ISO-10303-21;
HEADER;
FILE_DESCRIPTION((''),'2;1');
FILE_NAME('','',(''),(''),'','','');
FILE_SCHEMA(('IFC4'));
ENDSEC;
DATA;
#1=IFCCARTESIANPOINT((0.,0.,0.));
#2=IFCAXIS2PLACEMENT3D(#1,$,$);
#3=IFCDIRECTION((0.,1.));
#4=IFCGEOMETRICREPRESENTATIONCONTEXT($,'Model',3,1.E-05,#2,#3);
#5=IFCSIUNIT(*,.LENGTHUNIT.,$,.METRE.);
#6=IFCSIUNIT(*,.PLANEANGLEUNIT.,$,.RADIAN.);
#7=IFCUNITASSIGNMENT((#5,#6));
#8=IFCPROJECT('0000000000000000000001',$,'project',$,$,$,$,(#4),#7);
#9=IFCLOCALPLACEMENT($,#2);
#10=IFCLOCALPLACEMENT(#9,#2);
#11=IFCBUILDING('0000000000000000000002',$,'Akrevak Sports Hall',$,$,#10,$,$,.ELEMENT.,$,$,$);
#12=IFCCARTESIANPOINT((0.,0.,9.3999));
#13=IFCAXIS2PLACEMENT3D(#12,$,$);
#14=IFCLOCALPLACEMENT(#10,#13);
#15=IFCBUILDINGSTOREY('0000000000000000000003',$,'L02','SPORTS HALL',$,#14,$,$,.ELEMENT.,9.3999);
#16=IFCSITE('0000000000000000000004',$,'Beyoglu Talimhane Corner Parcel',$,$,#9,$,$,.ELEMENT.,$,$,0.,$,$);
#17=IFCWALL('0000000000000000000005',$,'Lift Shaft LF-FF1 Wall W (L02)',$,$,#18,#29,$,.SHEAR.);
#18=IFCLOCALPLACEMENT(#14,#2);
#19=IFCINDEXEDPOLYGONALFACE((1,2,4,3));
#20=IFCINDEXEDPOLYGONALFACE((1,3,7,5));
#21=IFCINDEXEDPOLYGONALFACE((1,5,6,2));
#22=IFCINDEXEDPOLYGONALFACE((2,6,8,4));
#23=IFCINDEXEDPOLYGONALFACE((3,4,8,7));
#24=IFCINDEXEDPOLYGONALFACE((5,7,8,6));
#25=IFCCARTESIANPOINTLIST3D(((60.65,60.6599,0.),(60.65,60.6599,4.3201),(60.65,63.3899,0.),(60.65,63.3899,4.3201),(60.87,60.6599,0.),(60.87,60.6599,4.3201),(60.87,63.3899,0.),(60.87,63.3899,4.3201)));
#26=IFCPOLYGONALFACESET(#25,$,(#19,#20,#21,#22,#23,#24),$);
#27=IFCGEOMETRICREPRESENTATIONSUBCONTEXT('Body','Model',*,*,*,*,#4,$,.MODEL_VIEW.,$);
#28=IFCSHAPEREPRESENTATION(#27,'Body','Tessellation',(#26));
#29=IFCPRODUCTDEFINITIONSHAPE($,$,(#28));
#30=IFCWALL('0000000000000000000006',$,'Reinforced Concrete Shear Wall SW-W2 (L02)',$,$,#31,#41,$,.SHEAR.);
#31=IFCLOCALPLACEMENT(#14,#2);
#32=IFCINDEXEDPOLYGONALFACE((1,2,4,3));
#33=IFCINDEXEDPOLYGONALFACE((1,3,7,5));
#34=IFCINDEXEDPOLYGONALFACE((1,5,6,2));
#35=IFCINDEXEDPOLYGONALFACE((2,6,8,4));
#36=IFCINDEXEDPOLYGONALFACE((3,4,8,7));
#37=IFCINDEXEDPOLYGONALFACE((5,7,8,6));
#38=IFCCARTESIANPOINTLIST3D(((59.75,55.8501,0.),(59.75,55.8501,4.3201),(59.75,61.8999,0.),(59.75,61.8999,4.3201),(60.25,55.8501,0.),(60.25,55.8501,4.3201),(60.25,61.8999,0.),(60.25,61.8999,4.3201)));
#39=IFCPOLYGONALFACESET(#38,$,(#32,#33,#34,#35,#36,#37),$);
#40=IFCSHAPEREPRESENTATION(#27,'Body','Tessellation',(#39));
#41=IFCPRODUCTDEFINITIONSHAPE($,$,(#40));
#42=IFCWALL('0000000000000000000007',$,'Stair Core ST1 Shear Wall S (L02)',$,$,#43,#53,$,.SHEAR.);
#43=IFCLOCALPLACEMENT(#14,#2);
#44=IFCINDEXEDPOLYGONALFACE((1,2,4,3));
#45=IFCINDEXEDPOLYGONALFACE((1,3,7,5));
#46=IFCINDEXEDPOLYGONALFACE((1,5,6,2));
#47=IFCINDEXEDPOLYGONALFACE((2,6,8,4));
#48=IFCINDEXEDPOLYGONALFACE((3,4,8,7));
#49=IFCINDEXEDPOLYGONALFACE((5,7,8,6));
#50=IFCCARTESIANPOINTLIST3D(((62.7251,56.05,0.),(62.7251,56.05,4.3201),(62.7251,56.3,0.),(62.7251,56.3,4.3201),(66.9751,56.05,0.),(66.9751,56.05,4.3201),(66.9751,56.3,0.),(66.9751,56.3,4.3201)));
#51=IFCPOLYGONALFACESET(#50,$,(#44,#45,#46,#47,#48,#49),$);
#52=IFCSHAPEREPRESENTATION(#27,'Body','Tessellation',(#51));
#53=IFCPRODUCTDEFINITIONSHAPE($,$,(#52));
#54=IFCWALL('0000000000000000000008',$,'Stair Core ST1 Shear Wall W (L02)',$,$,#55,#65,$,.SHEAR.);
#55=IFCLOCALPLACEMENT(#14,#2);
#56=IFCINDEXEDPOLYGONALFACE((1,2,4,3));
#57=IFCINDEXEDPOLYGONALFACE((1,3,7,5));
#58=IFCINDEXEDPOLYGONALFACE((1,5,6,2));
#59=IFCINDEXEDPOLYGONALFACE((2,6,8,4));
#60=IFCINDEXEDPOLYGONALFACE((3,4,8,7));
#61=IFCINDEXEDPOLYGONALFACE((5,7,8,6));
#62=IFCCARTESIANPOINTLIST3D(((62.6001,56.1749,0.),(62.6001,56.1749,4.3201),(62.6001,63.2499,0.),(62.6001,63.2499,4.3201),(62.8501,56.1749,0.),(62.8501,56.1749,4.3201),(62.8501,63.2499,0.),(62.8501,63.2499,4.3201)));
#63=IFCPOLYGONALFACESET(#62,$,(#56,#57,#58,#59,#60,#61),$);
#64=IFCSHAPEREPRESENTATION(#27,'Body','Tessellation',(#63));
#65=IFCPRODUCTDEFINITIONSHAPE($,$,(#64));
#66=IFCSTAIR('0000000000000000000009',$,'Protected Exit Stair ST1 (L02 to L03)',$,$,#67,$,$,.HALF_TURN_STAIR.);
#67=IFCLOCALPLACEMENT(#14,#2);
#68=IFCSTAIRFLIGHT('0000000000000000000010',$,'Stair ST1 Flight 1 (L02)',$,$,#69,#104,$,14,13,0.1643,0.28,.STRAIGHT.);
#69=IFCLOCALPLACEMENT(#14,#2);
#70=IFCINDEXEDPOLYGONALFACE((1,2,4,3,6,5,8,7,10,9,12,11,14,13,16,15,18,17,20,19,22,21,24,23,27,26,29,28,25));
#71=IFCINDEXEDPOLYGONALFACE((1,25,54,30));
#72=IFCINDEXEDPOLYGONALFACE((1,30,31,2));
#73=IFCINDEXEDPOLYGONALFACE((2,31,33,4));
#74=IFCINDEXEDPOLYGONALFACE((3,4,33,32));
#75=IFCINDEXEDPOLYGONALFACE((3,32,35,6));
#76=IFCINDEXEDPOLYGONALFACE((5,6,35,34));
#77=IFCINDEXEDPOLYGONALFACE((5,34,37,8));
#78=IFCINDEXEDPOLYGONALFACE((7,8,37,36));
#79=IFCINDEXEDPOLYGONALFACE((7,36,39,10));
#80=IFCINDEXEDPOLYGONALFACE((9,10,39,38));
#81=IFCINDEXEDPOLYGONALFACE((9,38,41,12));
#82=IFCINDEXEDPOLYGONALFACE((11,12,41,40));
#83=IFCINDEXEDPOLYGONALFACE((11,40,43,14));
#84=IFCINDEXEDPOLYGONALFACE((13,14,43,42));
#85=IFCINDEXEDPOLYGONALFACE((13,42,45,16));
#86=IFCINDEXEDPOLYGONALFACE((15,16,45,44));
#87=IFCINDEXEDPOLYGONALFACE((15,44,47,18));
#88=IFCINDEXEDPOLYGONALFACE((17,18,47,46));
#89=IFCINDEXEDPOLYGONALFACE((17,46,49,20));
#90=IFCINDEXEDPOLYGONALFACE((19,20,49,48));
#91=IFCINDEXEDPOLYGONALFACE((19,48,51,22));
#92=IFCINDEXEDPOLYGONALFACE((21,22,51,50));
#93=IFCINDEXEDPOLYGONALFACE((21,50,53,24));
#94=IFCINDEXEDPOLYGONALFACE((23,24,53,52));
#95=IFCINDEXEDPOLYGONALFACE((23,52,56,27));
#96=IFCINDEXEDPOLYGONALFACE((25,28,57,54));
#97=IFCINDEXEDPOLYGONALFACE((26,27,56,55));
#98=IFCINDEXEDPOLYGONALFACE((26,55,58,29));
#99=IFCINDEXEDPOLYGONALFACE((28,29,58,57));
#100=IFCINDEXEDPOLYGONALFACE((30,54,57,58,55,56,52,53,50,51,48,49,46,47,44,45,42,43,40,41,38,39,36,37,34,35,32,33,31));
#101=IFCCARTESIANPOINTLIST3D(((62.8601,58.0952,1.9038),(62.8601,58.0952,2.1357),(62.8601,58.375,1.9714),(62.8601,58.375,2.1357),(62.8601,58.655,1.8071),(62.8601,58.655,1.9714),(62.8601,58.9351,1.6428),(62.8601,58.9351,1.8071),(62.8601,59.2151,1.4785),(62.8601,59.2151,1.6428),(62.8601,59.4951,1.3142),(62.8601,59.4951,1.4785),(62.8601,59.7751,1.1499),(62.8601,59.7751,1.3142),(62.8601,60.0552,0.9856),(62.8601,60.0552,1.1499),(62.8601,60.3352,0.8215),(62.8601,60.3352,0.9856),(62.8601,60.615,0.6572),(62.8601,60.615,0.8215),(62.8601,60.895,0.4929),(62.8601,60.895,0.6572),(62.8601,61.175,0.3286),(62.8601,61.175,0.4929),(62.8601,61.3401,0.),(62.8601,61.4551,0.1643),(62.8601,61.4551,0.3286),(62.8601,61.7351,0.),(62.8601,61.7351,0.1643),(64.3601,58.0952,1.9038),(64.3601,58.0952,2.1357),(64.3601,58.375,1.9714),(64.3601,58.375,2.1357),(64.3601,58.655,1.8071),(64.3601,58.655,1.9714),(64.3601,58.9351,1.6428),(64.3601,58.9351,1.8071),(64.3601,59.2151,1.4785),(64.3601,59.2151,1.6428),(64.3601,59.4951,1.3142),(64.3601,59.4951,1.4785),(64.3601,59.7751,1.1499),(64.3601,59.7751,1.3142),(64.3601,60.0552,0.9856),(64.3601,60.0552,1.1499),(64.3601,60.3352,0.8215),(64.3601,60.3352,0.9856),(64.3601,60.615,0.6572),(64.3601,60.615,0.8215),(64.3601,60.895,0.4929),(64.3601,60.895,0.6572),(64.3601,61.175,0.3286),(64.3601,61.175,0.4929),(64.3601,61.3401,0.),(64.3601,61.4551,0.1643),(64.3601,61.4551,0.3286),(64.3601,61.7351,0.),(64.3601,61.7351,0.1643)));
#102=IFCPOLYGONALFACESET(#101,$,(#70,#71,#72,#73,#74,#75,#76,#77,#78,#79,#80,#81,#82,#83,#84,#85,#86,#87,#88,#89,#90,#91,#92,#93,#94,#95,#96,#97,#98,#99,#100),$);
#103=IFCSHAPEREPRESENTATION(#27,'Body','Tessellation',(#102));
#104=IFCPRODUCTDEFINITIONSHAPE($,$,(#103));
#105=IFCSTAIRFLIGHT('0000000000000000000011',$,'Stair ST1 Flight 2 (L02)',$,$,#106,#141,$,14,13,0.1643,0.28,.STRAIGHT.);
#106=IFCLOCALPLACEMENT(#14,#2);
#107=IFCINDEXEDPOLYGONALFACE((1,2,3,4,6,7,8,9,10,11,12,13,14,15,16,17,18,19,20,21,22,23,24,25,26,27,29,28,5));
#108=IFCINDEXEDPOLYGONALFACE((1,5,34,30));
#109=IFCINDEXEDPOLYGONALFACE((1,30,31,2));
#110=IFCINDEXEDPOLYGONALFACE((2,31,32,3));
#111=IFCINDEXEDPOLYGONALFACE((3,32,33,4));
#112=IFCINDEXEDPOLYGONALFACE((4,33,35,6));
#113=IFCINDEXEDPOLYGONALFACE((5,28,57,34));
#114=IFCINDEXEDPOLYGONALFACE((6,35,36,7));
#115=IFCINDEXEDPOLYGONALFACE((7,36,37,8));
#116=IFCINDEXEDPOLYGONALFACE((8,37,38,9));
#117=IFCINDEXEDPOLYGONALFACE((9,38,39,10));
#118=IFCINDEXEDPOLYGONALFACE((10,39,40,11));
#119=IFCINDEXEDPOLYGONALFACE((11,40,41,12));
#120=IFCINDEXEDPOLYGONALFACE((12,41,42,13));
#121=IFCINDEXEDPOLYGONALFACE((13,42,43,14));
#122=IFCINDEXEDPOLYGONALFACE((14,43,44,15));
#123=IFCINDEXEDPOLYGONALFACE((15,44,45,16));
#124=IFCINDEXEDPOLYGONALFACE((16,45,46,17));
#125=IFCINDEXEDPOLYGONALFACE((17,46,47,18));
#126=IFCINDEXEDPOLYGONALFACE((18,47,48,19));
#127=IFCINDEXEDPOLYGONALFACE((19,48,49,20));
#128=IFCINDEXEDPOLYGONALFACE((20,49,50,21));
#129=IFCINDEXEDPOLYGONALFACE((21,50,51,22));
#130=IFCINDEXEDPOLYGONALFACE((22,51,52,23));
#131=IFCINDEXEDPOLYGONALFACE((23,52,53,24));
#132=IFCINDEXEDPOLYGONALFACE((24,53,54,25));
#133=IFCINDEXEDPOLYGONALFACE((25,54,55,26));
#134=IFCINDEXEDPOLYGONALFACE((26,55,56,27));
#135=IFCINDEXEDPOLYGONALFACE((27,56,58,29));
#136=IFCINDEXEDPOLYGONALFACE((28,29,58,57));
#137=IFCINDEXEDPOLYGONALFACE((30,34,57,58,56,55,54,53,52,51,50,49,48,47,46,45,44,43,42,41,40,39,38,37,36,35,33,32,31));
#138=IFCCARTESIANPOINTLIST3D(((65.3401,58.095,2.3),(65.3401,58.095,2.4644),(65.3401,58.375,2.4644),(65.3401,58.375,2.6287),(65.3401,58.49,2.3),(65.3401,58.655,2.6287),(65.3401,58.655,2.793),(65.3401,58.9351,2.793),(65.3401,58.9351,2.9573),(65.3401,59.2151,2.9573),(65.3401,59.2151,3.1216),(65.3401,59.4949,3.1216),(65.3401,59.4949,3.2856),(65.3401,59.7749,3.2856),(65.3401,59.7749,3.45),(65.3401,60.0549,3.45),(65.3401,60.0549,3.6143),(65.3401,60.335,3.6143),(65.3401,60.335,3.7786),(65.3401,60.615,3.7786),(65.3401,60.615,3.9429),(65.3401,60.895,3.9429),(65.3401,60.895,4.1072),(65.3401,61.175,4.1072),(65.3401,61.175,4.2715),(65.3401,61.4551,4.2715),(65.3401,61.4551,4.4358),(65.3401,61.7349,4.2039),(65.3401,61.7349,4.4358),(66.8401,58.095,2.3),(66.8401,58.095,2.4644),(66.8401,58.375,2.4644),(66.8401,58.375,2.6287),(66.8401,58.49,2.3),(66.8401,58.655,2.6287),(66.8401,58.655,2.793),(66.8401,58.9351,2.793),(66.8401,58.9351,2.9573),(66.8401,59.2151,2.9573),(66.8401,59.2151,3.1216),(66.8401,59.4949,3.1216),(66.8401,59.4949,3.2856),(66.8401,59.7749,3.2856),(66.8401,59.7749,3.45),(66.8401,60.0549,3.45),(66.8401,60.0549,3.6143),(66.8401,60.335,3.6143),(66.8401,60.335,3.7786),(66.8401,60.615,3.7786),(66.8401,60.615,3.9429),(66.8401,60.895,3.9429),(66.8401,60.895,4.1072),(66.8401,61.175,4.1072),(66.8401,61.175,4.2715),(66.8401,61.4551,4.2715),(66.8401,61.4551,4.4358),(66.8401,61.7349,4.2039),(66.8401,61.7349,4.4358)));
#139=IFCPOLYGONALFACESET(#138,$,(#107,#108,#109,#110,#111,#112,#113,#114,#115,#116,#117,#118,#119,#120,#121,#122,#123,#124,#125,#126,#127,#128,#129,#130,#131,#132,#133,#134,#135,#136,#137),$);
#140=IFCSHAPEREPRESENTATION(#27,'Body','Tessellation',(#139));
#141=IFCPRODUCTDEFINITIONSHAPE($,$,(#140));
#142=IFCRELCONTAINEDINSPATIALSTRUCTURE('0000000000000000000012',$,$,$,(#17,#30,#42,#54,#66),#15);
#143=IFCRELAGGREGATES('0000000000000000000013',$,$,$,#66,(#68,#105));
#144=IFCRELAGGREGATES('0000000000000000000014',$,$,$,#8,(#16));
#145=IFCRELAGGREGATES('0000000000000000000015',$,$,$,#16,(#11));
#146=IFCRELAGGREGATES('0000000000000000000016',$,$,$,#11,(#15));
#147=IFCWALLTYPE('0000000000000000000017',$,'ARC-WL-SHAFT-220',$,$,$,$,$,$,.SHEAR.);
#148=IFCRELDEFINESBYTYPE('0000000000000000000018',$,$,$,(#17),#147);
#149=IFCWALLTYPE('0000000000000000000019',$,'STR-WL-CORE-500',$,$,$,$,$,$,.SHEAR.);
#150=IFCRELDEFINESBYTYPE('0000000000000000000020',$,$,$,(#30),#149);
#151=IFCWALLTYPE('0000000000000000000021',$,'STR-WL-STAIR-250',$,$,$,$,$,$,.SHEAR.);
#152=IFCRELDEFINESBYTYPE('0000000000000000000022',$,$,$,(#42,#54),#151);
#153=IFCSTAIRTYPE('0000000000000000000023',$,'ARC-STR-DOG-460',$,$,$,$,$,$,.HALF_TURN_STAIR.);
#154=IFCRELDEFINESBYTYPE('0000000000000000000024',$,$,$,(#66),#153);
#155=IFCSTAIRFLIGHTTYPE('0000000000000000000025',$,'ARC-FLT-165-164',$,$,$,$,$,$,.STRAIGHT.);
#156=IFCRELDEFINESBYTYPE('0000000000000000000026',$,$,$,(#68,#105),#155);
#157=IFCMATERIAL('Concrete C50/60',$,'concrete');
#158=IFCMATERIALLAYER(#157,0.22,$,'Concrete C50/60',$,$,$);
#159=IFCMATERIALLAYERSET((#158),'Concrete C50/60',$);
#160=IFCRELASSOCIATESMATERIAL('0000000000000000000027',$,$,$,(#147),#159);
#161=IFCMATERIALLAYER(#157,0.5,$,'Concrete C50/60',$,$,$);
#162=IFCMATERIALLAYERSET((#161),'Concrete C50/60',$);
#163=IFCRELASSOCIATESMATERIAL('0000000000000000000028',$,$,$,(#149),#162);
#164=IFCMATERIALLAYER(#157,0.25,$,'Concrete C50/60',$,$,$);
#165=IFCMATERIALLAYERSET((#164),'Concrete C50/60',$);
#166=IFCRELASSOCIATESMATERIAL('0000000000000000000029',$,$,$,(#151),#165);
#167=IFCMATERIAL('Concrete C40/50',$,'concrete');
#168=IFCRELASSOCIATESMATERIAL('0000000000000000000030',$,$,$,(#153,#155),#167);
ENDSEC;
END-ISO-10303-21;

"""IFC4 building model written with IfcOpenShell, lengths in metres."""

from ifc_helpers import new_model, si_unit, direction, frame, frame_2d, origin, place, context, subcontext, project, spatial, polyline, rectangle, outline, extrude, material, layer, layer_set, type_object, element, aggregate, save


model = new_model("IFC4")

# Units and contexts
model_context = context("Model", 3, precision=1e-05, world=origin(), true_north=direction((0.0, 1.0)))
body_context = subcontext(model_context, "Body", "Model", "MODEL_VIEW")
ifc_project = project(units=[si_unit("LENGTHUNIT", "METRE"), si_unit("PLANEANGLEUNIT", "RADIAN")], contexts=[model_context])

# Site, building, storey
site_placement = place(None, origin())
site = spatial("IfcSite", under=ifc_project, at=site_placement, Name="Beyoglu Talimhane Corner Parcel", CompositionType="ELEMENT", RefElevation=0.0)
building_placement = place(site_placement, origin())
building = spatial("IfcBuilding", under=site, at=building_placement, Name="Akrevak Sports Hall", CompositionType="ELEMENT")
storey_placement = place(building_placement, frame((0.0, 0.0, 9.3999)))
storey = spatial("IfcBuildingStorey", under=building, at=storey_placement, Name="L02", Description="SPORTS HALL", CompositionType="ELEMENT", Elevation=9.3999)

# Shared definitions
ifc_material_1 = material(Name="Concrete C50/60", Category="concrete")

# Shared definitions
ifc_material_2 = material(Name="Concrete C40/50", Category="concrete")

# Shared definitions
ifc_layer_1 = layer(ifc_material_1, 0.22, Name="Concrete C50/60")
ifc_layer_set_1 = layer_set([ifc_layer_1], Name="Concrete C50/60")
wall_type_1 = type_object("IfcWallType", Name="ARC-WL-SHAFT-220", PredefinedType="SHEAR", material=ifc_layer_set_1)

# Walls
wall_1_placement = place(storey_placement, frame((60.76, 63.3899, 0.0), z_axis=(0.0, 0.0, 1.0), x_axis=(0.0, -1.0, 0.0)))
element("IfcWall", 1, at=wall_1_placement, inside=storey, type_object=wall_type_1, Name="Lift Shaft LF-FF1 Wall W (L02)", PredefinedType="SHEAR", context=body_context, shape_type="SweptSolid", body=[
    extrude(rectangle(XDim=2.73, YDim=0.22, at=frame_2d((1.365, 0.0))), origin(), (0.0, 0.0, 1.0), 4.3201),
])
ifc_layer_2 = layer(ifc_material_1, 0.5, Name="Concrete C50/60")
ifc_layer_set_2 = layer_set([ifc_layer_2], Name="Concrete C50/60")
wall_type_2 = type_object("IfcWallType", Name="STR-WL-CORE-500", PredefinedType="SHEAR", material=ifc_layer_set_2)
wall_2_placement = place(storey_placement, frame((60.0, 55.8501, 0.0), z_axis=(0.0, 0.0, 1.0), x_axis=(0.0, 1.0, 0.0)))
element("IfcWall", 2, at=wall_2_placement, inside=storey, type_object=wall_type_2, Name="Reinforced Concrete Shear Wall SW-W2 (L02)", PredefinedType="SHEAR", context=body_context, shape_type="SweptSolid", body=[
    extrude(rectangle(XDim=6.0498, YDim=0.5, at=frame_2d((3.0249, 0.0))), origin(), (0.0, 0.0, 1.0), 4.3201),
])
ifc_layer_3 = layer(ifc_material_1, 0.25, Name="Concrete C50/60")
ifc_layer_set_3 = layer_set([ifc_layer_3], Name="Concrete C50/60")
wall_type_3 = type_object("IfcWallType", Name="STR-WL-STAIR-250", PredefinedType="SHEAR", material=ifc_layer_set_3)
wall_3_placement = place(storey_placement, frame((62.7251, 56.175, 0.0), z_axis=(0.0, 0.0, 1.0), x_axis=(1.0, 0.0, 0.0)))
element("IfcWall", 3, at=wall_3_placement, inside=storey, type_object=wall_type_3, Name="Stair Core ST1 Shear Wall S (L02)", PredefinedType="SHEAR", context=body_context, shape_type="SweptSolid", body=[
    extrude(rectangle(XDim=4.25, YDim=0.25, at=frame_2d((2.125, 0.0))), origin(), (0.0, 0.0, 1.0), 4.3201),
])
wall_4_placement = place(storey_placement, frame((62.7251, 63.25, 0.0), z_axis=(0.0, 0.0, 1.0), x_axis=(0.0, -1.0, 0.0)))
element("IfcWall", 4, at=wall_4_placement, inside=storey, type_object=wall_type_3, Name="Stair Core ST1 Shear Wall W (L02)", PredefinedType="SHEAR", context=body_context, shape_type="SweptSolid", body=[
    extrude(rectangle(XDim=7.075, YDim=0.25, at=frame_2d((3.5376, 0.0))), origin(), (0.0, 0.0, 1.0), 4.3201),
])

# Stair, stair flights
stair_type = type_object("IfcStairType", Name="ARC-STR-DOG-460", PredefinedType="HALF_TURN_STAIR", material=ifc_material_2)
stair_placement = place(storey_placement, origin())
stair = element("IfcStair", 5, at=stair_placement, inside=storey, type_object=stair_type, Name="Protected Exit Stair ST1 (L02 to L03)", PredefinedType="HALF_TURN_STAIR")
stair_flight_type = type_object("IfcStairFlightType", Name="ARC-FLT-165-164", PredefinedType="STRAIGHT", material=ifc_material_2)
stair_flight_1_placement = place(storey_placement, frame((63.6101, 61.7351, 0.0), z_axis=(0.0, 0.0, 1.0), x_axis=(0.0, -1.0, 0.0)))
stair_flight_1 = element("IfcStairFlight", 6, at=stair_flight_1_placement, type_object=stair_flight_type, Name="Stair ST1 Flight 1 (L02)", NumberOfRisers=14, NumberOfTreads=13, PredefinedType="STRAIGHT", RiserHeight=0.1643, TreadLength=0.28, context=body_context, shape_type="SweptSolid", body=[
    extrude(outline(polyline([(0.0, 0.0), (0.0, 0.1643), (0.28, 0.1643), (0.28, 0.3286), (0.5601, 0.3286), (0.5601, 0.4929), (0.8401, 0.4929), (0.8401, 0.6572), (1.1201, 0.6572), (1.1201, 0.8215), (1.3999, 0.8215), (1.3999, 0.9856), (1.6799, 0.9856), (1.6799, 1.1499), (1.96, 1.1499), (1.96, 1.3142), (2.24, 1.3142), (2.24, 1.4785), (2.52, 1.4785), (2.52, 1.6428), (2.8, 1.6428), (2.8, 1.8071), (3.0801, 1.8071), (3.0801, 1.9714), (3.3601, 1.9714), (3.3601, 2.1357), (3.6399, 2.1357), (3.6399, 2.3), (3.6399, 1.9038), (0.395, 0.0), (0.0, 0.0)])), frame((0.0, 0.75, 0.0), z_axis=(0.0, -1.0, 0.0), x_axis=(1.0, 0.0, 0.0)), (0.0, 0.0, 1.0), 1.5),
])
stair_flight_2_placement = place(storey_placement, frame((66.0901, 58.095, 2.3), z_axis=(0.0, 0.0, 1.0), x_axis=(0.0, 1.0, 0.0)))
stair_flight_2 = element("IfcStairFlight", 7, at=stair_flight_2_placement, type_object=stair_flight_type, Name="Stair ST1 Flight 2 (L02)", NumberOfRisers=14, NumberOfTreads=13, PredefinedType="STRAIGHT", RiserHeight=0.1643, TreadLength=0.28, context=body_context, shape_type="SweptSolid", body=[
    extrude(outline(polyline([(0.0, 0.0), (0.0, 0.1643), (0.28, 0.1643), (0.28, 0.3286), (0.5601, 0.3286), (0.5601, 0.4929), (0.8401, 0.4929), (0.8401, 0.6572), (1.1201, 0.6572), (1.1201, 0.8215), (1.3999, 0.8215), (1.3999, 0.9856), (1.6799, 0.9856), (1.6799, 1.1499), (1.96, 1.1499), (1.96, 1.3142), (2.24, 1.3142), (2.24, 1.4785), (2.52, 1.4785), (2.52, 1.6428), (2.8, 1.6428), (2.8, 1.8071), (3.0801, 1.8071), (3.0801, 1.9714), (3.3601, 1.9714), (3.3601, 2.1357), (3.6399, 2.1357), (3.6399, 2.3), (3.6399, 1.9038), (0.395, 0.0), (0.0, 0.0)])), frame((0.0, 0.75, 0.0), z_axis=(0.0, -1.0, 0.0), x_axis=(1.0, 0.0, 0.0)), (0.0, 0.0, 1.0), 1.5),
])
aggregate(stair, [stair_flight_1, stair_flight_2])

save(model, "model.ifc")
